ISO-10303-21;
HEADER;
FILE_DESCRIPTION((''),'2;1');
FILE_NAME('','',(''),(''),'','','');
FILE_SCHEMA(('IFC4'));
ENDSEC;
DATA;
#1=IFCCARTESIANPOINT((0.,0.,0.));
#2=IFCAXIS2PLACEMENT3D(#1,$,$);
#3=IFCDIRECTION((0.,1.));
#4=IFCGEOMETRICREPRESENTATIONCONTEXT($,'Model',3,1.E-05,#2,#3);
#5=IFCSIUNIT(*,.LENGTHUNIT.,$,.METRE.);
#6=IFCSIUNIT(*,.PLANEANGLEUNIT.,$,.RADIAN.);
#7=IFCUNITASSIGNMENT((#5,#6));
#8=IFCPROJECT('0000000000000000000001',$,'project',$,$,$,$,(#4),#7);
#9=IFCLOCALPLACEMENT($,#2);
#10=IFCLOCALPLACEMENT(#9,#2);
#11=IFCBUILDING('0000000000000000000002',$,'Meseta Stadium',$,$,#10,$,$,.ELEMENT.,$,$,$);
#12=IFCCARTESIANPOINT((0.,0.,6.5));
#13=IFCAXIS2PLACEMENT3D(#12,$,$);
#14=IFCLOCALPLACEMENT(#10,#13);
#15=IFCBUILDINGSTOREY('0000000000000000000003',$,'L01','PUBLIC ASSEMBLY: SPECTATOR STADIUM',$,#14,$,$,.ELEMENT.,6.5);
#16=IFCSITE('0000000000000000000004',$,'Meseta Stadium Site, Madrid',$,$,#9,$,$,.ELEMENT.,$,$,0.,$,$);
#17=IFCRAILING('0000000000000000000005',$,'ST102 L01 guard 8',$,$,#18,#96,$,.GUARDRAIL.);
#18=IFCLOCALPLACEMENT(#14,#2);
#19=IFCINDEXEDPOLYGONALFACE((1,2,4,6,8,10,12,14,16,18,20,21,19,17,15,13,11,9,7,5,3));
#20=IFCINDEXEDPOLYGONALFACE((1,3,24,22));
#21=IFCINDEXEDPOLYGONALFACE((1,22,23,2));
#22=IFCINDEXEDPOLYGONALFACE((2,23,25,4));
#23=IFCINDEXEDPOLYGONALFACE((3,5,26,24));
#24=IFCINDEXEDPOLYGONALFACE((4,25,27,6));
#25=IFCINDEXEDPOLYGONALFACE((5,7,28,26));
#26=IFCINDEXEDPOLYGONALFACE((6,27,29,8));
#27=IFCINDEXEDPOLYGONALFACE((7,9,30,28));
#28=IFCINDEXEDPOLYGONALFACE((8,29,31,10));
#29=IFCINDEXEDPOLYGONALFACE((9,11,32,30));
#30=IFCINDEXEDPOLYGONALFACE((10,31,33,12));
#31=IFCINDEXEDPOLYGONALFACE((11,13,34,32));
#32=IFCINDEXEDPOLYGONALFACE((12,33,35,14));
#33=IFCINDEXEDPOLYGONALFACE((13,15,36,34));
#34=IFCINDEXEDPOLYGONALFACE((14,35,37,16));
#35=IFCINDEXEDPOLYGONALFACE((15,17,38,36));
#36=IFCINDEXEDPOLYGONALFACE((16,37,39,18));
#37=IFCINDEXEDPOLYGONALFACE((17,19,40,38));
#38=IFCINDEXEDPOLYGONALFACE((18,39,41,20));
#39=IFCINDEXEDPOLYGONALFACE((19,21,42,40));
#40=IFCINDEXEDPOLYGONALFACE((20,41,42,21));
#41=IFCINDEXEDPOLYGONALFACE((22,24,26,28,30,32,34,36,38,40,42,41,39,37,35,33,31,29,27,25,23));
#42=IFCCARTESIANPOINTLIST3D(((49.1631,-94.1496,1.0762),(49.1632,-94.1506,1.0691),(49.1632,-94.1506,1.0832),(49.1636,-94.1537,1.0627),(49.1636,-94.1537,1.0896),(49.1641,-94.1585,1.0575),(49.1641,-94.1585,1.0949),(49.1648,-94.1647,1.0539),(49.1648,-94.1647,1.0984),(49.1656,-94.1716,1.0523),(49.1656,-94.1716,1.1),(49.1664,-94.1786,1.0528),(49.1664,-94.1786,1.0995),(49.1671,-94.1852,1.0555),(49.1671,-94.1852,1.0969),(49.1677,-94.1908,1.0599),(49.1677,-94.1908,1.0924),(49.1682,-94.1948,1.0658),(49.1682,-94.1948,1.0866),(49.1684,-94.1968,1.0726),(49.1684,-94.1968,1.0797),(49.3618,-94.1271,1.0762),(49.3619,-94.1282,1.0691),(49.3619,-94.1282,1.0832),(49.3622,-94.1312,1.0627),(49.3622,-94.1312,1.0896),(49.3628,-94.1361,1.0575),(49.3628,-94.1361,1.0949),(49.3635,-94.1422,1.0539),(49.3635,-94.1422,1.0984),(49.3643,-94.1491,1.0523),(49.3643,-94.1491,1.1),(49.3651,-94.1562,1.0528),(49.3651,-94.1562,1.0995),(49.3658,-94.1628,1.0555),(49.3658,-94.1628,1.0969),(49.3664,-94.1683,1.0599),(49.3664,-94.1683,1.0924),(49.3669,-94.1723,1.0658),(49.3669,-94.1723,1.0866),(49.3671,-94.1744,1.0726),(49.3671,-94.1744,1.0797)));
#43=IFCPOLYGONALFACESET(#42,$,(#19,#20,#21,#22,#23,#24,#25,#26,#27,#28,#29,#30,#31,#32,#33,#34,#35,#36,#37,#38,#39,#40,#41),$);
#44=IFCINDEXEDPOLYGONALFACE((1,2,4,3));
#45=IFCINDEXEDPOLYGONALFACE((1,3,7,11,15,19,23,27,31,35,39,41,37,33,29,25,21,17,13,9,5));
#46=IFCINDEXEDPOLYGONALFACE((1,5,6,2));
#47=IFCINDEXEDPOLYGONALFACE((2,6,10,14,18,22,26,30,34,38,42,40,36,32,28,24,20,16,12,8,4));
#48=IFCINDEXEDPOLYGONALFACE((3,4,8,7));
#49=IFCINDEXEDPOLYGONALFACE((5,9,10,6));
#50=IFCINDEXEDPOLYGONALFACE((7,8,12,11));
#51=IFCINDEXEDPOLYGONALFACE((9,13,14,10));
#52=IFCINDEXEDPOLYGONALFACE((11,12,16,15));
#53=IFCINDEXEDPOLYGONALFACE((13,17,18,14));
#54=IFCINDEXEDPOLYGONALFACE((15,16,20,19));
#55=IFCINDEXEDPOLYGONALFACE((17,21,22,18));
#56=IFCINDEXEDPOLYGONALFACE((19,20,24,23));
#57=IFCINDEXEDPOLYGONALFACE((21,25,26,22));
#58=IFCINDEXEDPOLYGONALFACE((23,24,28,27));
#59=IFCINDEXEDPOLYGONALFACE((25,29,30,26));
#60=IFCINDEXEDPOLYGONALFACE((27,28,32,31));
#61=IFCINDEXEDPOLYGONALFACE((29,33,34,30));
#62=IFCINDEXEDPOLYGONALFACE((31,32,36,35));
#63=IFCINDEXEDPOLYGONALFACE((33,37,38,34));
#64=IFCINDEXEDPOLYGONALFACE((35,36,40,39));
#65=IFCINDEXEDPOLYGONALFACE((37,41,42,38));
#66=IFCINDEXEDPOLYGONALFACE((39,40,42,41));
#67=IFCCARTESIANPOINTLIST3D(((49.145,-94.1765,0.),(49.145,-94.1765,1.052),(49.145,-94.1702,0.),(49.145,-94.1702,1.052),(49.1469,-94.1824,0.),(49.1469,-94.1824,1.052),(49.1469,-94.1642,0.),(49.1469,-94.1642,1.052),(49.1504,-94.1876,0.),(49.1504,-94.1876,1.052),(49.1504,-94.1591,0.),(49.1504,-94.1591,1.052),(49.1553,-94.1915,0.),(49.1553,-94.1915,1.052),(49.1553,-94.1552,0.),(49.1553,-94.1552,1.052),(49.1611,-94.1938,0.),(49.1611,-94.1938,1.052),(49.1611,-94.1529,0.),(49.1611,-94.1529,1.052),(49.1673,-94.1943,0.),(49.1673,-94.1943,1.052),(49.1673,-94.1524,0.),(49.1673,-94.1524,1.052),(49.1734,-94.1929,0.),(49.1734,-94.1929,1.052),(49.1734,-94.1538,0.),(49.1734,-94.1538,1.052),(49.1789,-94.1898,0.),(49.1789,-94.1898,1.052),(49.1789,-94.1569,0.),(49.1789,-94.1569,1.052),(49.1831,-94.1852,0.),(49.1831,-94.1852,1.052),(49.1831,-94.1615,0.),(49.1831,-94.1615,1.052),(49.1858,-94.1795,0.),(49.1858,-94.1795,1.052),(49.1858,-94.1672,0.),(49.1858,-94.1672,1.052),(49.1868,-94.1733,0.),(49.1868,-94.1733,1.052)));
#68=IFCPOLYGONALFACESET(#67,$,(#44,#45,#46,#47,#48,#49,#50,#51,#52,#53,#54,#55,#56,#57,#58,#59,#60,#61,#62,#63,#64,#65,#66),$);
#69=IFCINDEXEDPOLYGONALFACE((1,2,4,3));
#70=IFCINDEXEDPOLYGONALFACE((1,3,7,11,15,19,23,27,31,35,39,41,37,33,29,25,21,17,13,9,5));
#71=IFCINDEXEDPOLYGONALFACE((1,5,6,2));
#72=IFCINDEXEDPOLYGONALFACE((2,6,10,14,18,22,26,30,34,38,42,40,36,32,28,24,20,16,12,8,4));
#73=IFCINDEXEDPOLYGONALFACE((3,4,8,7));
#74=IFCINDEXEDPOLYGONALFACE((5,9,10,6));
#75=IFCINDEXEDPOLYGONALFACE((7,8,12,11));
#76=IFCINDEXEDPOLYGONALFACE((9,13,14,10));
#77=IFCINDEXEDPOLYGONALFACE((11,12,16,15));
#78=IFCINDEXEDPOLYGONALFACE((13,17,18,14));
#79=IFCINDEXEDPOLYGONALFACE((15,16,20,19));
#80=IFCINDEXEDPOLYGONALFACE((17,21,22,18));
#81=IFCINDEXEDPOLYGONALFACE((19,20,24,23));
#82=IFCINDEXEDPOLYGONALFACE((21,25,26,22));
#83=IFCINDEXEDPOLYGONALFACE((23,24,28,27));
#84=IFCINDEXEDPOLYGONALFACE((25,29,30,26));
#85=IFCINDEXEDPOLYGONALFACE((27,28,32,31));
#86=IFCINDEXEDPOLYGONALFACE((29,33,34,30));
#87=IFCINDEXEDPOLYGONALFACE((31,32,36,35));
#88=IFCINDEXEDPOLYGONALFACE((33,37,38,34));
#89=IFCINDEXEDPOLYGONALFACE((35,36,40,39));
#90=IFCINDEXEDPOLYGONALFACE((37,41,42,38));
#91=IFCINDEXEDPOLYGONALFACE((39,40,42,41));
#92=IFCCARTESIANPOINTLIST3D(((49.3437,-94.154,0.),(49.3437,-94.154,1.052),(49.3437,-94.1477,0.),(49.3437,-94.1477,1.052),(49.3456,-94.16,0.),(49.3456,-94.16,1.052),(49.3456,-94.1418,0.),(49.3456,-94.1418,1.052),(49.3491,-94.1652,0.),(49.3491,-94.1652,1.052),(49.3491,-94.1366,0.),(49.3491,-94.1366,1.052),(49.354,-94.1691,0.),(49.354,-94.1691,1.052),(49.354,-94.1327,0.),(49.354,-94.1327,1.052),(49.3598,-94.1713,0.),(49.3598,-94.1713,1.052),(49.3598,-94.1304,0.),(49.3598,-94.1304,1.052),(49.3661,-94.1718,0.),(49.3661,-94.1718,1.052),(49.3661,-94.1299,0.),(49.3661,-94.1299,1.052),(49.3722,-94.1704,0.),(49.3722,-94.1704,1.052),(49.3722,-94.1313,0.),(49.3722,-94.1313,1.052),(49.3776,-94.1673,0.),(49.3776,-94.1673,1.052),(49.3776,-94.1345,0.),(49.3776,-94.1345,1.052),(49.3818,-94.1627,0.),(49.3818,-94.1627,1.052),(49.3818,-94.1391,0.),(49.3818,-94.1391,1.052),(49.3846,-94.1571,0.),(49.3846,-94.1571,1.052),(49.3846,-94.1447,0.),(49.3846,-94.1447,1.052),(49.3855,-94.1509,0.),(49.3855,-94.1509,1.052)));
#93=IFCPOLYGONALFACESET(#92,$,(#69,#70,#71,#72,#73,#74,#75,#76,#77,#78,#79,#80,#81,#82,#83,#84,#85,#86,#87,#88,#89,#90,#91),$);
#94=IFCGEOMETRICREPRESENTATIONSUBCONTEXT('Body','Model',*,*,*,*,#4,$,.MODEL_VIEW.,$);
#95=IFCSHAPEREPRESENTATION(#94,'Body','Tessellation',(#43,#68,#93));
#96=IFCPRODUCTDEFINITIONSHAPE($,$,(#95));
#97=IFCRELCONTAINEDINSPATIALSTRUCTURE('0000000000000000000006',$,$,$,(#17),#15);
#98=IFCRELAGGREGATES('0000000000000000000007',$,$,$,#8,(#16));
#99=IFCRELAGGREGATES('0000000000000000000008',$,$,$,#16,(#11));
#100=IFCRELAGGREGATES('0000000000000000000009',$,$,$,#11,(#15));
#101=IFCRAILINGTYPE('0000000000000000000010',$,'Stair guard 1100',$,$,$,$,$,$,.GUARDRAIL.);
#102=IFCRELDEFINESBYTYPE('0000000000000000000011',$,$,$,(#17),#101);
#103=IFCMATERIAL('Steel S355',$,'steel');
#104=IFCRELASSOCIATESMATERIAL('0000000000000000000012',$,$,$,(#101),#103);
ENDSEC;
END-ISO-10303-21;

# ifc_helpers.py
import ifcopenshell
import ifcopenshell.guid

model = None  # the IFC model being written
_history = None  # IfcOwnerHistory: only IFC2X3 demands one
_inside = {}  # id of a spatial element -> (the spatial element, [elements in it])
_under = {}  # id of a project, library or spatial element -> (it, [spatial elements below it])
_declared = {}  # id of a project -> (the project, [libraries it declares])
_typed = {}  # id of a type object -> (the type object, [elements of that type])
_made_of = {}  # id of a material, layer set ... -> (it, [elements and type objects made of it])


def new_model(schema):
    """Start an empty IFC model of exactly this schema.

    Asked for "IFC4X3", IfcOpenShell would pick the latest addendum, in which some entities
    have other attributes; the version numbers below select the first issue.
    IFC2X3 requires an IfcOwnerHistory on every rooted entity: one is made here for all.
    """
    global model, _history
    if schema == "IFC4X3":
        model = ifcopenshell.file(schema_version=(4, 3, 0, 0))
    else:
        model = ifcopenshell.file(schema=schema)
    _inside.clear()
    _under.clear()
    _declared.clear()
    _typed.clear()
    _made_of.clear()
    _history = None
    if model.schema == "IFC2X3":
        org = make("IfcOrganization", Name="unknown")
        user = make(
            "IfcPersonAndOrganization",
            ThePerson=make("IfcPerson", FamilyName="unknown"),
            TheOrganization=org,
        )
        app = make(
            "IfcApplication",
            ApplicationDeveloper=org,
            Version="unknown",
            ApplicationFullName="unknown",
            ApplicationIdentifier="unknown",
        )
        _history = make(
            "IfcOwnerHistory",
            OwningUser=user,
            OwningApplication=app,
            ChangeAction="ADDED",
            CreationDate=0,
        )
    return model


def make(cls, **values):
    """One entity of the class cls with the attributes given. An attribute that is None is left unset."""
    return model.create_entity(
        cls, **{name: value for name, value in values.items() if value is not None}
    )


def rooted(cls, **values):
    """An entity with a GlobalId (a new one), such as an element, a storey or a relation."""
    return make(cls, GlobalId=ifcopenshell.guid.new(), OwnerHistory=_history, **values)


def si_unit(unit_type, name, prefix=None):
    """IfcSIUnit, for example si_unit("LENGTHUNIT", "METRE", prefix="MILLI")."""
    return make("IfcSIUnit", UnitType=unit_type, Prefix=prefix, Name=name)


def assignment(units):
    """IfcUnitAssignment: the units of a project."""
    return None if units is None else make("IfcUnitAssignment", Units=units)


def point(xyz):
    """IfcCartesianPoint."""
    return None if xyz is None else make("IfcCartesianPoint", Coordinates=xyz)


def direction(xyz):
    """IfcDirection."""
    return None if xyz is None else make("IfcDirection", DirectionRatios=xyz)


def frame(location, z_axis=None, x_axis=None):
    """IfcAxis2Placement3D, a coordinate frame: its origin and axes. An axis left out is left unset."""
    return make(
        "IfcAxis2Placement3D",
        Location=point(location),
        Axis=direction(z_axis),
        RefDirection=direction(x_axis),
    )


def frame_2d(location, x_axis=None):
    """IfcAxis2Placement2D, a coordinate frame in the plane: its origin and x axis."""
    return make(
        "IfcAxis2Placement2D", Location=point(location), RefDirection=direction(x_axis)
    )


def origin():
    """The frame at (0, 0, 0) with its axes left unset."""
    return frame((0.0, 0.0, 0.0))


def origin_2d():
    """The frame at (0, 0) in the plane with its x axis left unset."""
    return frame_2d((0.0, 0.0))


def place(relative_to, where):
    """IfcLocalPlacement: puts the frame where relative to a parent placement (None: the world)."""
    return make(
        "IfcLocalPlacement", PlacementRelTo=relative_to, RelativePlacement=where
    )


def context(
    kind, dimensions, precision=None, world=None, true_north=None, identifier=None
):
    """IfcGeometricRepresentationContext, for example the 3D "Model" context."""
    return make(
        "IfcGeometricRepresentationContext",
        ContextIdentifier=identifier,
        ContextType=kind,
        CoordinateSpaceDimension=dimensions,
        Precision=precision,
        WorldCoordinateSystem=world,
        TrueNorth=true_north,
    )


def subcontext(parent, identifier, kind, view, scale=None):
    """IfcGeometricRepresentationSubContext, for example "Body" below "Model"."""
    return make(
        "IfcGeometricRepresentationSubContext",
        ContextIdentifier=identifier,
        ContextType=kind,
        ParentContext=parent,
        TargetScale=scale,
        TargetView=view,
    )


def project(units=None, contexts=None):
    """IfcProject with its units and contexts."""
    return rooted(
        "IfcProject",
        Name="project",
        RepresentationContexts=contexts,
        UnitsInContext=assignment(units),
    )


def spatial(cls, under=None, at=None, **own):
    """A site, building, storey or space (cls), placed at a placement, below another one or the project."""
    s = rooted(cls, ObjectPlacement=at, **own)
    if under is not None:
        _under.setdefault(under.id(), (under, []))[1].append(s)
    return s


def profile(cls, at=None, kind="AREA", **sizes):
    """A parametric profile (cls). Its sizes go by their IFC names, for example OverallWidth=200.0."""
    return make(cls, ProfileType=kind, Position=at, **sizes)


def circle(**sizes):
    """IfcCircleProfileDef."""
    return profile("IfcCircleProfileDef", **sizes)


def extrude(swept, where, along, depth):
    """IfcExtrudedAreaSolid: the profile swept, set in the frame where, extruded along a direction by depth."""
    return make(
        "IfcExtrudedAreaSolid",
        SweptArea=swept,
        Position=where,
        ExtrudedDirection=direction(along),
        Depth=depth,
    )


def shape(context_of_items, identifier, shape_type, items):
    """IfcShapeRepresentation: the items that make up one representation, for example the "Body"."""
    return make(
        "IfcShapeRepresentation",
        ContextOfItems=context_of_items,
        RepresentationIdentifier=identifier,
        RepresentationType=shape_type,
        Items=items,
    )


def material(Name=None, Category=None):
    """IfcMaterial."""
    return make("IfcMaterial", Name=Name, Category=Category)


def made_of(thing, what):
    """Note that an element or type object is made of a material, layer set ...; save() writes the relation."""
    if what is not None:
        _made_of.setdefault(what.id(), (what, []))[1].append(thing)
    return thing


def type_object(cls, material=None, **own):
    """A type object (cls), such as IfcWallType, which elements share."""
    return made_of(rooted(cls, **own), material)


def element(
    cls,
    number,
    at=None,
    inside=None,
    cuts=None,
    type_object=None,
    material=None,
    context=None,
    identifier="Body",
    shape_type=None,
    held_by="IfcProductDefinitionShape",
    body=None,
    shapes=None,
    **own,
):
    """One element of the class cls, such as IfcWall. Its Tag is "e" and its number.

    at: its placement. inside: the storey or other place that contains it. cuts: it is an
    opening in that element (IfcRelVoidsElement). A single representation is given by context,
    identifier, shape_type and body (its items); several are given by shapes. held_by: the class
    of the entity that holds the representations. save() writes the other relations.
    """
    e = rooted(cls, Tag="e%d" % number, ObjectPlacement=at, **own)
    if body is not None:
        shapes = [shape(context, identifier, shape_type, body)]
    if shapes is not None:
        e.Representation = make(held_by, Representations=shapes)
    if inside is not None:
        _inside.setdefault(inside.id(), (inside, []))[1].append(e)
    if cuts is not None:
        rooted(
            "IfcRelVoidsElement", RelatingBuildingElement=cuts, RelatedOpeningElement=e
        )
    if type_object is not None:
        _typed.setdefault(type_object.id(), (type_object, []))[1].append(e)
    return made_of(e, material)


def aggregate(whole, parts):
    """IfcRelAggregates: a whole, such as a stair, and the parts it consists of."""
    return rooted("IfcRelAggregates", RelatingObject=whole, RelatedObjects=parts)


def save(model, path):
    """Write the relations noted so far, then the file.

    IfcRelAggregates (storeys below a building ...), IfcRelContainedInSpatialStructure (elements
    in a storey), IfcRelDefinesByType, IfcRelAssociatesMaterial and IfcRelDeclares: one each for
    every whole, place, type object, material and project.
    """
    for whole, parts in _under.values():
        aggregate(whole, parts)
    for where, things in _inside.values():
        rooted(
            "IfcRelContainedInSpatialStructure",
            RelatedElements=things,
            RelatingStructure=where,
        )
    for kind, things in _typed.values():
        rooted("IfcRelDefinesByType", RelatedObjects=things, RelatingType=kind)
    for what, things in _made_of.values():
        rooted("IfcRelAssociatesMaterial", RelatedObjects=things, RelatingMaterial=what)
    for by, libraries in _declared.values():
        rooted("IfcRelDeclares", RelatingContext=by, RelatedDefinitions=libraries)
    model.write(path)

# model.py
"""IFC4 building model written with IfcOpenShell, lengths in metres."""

from ifc_helpers import new_model, si_unit, direction, frame, origin, origin_2d, place, context, subcontext, project, spatial, circle, extrude, material, type_object, element, save


model = new_model("IFC4")

# Units and contexts
model_context = context("Model", 3, precision=1e-05, world=origin(), true_north=direction((0.0, 1.0)))
body_context = subcontext(model_context, "Body", "Model", "MODEL_VIEW")
ifc_project = project(units=[si_unit("LENGTHUNIT", "METRE"), si_unit("PLANEANGLEUNIT", "RADIAN")], contexts=[model_context])

# Site, building, storey
site_placement = place(None, origin())
site = spatial("IfcSite", under=ifc_project, at=site_placement, Name="Meseta Stadium Site, Madrid", CompositionType="ELEMENT", RefElevation=0.0)
building_placement = place(site_placement, origin())
building = spatial("IfcBuilding", under=site, at=building_placement, Name="Meseta Stadium", CompositionType="ELEMENT")
storey_placement = place(building_placement, frame((0.0, 0.0, 6.5)))
storey = spatial("IfcBuildingStorey", under=building, at=storey_placement, Name="L01", Description="PUBLIC ASSEMBLY: SPECTATOR STADIUM", CompositionType="ELEMENT", Elevation=6.5)

# Railing
ifc_material_1 = material(Name="Steel S355", Category="steel")
railing_type = type_object("IfcRailingType", Name="Stair guard 1100", PredefinedType="GUARDRAIL", material=ifc_material_1)
railing_1_placement = place(storey_placement, frame((49.1658, -94.1733, 0.0)))
element("IfcRailing", 1, at=railing_1_placement, inside=storey, type_object=railing_type, Name="ST102 L01 guard 8", PredefinedType="GUARDRAIL", context=body_context, shape_type="SweptSolid", body=[
    extrude(circle(Radius=0.0239, at=origin_2d()), frame((0.0, 0.0, 1.0762), z_axis=(0.993674, 0.112307, 0.0), x_axis=(-0.112307, 0.993674, 0.0)), (0.0, 0.0, 1.0), 0.2),
    extrude(circle(Radius=0.021, at=origin_2d()), origin(), (0.0, 0.0, 1.0), 1.052),
    extrude(circle(Radius=0.021, at=origin_2d()), frame((0.1987, 0.0225, 0.0)), (0.0, 0.0, 1.0), 1.052),
])

save(model, "model.ifc")
